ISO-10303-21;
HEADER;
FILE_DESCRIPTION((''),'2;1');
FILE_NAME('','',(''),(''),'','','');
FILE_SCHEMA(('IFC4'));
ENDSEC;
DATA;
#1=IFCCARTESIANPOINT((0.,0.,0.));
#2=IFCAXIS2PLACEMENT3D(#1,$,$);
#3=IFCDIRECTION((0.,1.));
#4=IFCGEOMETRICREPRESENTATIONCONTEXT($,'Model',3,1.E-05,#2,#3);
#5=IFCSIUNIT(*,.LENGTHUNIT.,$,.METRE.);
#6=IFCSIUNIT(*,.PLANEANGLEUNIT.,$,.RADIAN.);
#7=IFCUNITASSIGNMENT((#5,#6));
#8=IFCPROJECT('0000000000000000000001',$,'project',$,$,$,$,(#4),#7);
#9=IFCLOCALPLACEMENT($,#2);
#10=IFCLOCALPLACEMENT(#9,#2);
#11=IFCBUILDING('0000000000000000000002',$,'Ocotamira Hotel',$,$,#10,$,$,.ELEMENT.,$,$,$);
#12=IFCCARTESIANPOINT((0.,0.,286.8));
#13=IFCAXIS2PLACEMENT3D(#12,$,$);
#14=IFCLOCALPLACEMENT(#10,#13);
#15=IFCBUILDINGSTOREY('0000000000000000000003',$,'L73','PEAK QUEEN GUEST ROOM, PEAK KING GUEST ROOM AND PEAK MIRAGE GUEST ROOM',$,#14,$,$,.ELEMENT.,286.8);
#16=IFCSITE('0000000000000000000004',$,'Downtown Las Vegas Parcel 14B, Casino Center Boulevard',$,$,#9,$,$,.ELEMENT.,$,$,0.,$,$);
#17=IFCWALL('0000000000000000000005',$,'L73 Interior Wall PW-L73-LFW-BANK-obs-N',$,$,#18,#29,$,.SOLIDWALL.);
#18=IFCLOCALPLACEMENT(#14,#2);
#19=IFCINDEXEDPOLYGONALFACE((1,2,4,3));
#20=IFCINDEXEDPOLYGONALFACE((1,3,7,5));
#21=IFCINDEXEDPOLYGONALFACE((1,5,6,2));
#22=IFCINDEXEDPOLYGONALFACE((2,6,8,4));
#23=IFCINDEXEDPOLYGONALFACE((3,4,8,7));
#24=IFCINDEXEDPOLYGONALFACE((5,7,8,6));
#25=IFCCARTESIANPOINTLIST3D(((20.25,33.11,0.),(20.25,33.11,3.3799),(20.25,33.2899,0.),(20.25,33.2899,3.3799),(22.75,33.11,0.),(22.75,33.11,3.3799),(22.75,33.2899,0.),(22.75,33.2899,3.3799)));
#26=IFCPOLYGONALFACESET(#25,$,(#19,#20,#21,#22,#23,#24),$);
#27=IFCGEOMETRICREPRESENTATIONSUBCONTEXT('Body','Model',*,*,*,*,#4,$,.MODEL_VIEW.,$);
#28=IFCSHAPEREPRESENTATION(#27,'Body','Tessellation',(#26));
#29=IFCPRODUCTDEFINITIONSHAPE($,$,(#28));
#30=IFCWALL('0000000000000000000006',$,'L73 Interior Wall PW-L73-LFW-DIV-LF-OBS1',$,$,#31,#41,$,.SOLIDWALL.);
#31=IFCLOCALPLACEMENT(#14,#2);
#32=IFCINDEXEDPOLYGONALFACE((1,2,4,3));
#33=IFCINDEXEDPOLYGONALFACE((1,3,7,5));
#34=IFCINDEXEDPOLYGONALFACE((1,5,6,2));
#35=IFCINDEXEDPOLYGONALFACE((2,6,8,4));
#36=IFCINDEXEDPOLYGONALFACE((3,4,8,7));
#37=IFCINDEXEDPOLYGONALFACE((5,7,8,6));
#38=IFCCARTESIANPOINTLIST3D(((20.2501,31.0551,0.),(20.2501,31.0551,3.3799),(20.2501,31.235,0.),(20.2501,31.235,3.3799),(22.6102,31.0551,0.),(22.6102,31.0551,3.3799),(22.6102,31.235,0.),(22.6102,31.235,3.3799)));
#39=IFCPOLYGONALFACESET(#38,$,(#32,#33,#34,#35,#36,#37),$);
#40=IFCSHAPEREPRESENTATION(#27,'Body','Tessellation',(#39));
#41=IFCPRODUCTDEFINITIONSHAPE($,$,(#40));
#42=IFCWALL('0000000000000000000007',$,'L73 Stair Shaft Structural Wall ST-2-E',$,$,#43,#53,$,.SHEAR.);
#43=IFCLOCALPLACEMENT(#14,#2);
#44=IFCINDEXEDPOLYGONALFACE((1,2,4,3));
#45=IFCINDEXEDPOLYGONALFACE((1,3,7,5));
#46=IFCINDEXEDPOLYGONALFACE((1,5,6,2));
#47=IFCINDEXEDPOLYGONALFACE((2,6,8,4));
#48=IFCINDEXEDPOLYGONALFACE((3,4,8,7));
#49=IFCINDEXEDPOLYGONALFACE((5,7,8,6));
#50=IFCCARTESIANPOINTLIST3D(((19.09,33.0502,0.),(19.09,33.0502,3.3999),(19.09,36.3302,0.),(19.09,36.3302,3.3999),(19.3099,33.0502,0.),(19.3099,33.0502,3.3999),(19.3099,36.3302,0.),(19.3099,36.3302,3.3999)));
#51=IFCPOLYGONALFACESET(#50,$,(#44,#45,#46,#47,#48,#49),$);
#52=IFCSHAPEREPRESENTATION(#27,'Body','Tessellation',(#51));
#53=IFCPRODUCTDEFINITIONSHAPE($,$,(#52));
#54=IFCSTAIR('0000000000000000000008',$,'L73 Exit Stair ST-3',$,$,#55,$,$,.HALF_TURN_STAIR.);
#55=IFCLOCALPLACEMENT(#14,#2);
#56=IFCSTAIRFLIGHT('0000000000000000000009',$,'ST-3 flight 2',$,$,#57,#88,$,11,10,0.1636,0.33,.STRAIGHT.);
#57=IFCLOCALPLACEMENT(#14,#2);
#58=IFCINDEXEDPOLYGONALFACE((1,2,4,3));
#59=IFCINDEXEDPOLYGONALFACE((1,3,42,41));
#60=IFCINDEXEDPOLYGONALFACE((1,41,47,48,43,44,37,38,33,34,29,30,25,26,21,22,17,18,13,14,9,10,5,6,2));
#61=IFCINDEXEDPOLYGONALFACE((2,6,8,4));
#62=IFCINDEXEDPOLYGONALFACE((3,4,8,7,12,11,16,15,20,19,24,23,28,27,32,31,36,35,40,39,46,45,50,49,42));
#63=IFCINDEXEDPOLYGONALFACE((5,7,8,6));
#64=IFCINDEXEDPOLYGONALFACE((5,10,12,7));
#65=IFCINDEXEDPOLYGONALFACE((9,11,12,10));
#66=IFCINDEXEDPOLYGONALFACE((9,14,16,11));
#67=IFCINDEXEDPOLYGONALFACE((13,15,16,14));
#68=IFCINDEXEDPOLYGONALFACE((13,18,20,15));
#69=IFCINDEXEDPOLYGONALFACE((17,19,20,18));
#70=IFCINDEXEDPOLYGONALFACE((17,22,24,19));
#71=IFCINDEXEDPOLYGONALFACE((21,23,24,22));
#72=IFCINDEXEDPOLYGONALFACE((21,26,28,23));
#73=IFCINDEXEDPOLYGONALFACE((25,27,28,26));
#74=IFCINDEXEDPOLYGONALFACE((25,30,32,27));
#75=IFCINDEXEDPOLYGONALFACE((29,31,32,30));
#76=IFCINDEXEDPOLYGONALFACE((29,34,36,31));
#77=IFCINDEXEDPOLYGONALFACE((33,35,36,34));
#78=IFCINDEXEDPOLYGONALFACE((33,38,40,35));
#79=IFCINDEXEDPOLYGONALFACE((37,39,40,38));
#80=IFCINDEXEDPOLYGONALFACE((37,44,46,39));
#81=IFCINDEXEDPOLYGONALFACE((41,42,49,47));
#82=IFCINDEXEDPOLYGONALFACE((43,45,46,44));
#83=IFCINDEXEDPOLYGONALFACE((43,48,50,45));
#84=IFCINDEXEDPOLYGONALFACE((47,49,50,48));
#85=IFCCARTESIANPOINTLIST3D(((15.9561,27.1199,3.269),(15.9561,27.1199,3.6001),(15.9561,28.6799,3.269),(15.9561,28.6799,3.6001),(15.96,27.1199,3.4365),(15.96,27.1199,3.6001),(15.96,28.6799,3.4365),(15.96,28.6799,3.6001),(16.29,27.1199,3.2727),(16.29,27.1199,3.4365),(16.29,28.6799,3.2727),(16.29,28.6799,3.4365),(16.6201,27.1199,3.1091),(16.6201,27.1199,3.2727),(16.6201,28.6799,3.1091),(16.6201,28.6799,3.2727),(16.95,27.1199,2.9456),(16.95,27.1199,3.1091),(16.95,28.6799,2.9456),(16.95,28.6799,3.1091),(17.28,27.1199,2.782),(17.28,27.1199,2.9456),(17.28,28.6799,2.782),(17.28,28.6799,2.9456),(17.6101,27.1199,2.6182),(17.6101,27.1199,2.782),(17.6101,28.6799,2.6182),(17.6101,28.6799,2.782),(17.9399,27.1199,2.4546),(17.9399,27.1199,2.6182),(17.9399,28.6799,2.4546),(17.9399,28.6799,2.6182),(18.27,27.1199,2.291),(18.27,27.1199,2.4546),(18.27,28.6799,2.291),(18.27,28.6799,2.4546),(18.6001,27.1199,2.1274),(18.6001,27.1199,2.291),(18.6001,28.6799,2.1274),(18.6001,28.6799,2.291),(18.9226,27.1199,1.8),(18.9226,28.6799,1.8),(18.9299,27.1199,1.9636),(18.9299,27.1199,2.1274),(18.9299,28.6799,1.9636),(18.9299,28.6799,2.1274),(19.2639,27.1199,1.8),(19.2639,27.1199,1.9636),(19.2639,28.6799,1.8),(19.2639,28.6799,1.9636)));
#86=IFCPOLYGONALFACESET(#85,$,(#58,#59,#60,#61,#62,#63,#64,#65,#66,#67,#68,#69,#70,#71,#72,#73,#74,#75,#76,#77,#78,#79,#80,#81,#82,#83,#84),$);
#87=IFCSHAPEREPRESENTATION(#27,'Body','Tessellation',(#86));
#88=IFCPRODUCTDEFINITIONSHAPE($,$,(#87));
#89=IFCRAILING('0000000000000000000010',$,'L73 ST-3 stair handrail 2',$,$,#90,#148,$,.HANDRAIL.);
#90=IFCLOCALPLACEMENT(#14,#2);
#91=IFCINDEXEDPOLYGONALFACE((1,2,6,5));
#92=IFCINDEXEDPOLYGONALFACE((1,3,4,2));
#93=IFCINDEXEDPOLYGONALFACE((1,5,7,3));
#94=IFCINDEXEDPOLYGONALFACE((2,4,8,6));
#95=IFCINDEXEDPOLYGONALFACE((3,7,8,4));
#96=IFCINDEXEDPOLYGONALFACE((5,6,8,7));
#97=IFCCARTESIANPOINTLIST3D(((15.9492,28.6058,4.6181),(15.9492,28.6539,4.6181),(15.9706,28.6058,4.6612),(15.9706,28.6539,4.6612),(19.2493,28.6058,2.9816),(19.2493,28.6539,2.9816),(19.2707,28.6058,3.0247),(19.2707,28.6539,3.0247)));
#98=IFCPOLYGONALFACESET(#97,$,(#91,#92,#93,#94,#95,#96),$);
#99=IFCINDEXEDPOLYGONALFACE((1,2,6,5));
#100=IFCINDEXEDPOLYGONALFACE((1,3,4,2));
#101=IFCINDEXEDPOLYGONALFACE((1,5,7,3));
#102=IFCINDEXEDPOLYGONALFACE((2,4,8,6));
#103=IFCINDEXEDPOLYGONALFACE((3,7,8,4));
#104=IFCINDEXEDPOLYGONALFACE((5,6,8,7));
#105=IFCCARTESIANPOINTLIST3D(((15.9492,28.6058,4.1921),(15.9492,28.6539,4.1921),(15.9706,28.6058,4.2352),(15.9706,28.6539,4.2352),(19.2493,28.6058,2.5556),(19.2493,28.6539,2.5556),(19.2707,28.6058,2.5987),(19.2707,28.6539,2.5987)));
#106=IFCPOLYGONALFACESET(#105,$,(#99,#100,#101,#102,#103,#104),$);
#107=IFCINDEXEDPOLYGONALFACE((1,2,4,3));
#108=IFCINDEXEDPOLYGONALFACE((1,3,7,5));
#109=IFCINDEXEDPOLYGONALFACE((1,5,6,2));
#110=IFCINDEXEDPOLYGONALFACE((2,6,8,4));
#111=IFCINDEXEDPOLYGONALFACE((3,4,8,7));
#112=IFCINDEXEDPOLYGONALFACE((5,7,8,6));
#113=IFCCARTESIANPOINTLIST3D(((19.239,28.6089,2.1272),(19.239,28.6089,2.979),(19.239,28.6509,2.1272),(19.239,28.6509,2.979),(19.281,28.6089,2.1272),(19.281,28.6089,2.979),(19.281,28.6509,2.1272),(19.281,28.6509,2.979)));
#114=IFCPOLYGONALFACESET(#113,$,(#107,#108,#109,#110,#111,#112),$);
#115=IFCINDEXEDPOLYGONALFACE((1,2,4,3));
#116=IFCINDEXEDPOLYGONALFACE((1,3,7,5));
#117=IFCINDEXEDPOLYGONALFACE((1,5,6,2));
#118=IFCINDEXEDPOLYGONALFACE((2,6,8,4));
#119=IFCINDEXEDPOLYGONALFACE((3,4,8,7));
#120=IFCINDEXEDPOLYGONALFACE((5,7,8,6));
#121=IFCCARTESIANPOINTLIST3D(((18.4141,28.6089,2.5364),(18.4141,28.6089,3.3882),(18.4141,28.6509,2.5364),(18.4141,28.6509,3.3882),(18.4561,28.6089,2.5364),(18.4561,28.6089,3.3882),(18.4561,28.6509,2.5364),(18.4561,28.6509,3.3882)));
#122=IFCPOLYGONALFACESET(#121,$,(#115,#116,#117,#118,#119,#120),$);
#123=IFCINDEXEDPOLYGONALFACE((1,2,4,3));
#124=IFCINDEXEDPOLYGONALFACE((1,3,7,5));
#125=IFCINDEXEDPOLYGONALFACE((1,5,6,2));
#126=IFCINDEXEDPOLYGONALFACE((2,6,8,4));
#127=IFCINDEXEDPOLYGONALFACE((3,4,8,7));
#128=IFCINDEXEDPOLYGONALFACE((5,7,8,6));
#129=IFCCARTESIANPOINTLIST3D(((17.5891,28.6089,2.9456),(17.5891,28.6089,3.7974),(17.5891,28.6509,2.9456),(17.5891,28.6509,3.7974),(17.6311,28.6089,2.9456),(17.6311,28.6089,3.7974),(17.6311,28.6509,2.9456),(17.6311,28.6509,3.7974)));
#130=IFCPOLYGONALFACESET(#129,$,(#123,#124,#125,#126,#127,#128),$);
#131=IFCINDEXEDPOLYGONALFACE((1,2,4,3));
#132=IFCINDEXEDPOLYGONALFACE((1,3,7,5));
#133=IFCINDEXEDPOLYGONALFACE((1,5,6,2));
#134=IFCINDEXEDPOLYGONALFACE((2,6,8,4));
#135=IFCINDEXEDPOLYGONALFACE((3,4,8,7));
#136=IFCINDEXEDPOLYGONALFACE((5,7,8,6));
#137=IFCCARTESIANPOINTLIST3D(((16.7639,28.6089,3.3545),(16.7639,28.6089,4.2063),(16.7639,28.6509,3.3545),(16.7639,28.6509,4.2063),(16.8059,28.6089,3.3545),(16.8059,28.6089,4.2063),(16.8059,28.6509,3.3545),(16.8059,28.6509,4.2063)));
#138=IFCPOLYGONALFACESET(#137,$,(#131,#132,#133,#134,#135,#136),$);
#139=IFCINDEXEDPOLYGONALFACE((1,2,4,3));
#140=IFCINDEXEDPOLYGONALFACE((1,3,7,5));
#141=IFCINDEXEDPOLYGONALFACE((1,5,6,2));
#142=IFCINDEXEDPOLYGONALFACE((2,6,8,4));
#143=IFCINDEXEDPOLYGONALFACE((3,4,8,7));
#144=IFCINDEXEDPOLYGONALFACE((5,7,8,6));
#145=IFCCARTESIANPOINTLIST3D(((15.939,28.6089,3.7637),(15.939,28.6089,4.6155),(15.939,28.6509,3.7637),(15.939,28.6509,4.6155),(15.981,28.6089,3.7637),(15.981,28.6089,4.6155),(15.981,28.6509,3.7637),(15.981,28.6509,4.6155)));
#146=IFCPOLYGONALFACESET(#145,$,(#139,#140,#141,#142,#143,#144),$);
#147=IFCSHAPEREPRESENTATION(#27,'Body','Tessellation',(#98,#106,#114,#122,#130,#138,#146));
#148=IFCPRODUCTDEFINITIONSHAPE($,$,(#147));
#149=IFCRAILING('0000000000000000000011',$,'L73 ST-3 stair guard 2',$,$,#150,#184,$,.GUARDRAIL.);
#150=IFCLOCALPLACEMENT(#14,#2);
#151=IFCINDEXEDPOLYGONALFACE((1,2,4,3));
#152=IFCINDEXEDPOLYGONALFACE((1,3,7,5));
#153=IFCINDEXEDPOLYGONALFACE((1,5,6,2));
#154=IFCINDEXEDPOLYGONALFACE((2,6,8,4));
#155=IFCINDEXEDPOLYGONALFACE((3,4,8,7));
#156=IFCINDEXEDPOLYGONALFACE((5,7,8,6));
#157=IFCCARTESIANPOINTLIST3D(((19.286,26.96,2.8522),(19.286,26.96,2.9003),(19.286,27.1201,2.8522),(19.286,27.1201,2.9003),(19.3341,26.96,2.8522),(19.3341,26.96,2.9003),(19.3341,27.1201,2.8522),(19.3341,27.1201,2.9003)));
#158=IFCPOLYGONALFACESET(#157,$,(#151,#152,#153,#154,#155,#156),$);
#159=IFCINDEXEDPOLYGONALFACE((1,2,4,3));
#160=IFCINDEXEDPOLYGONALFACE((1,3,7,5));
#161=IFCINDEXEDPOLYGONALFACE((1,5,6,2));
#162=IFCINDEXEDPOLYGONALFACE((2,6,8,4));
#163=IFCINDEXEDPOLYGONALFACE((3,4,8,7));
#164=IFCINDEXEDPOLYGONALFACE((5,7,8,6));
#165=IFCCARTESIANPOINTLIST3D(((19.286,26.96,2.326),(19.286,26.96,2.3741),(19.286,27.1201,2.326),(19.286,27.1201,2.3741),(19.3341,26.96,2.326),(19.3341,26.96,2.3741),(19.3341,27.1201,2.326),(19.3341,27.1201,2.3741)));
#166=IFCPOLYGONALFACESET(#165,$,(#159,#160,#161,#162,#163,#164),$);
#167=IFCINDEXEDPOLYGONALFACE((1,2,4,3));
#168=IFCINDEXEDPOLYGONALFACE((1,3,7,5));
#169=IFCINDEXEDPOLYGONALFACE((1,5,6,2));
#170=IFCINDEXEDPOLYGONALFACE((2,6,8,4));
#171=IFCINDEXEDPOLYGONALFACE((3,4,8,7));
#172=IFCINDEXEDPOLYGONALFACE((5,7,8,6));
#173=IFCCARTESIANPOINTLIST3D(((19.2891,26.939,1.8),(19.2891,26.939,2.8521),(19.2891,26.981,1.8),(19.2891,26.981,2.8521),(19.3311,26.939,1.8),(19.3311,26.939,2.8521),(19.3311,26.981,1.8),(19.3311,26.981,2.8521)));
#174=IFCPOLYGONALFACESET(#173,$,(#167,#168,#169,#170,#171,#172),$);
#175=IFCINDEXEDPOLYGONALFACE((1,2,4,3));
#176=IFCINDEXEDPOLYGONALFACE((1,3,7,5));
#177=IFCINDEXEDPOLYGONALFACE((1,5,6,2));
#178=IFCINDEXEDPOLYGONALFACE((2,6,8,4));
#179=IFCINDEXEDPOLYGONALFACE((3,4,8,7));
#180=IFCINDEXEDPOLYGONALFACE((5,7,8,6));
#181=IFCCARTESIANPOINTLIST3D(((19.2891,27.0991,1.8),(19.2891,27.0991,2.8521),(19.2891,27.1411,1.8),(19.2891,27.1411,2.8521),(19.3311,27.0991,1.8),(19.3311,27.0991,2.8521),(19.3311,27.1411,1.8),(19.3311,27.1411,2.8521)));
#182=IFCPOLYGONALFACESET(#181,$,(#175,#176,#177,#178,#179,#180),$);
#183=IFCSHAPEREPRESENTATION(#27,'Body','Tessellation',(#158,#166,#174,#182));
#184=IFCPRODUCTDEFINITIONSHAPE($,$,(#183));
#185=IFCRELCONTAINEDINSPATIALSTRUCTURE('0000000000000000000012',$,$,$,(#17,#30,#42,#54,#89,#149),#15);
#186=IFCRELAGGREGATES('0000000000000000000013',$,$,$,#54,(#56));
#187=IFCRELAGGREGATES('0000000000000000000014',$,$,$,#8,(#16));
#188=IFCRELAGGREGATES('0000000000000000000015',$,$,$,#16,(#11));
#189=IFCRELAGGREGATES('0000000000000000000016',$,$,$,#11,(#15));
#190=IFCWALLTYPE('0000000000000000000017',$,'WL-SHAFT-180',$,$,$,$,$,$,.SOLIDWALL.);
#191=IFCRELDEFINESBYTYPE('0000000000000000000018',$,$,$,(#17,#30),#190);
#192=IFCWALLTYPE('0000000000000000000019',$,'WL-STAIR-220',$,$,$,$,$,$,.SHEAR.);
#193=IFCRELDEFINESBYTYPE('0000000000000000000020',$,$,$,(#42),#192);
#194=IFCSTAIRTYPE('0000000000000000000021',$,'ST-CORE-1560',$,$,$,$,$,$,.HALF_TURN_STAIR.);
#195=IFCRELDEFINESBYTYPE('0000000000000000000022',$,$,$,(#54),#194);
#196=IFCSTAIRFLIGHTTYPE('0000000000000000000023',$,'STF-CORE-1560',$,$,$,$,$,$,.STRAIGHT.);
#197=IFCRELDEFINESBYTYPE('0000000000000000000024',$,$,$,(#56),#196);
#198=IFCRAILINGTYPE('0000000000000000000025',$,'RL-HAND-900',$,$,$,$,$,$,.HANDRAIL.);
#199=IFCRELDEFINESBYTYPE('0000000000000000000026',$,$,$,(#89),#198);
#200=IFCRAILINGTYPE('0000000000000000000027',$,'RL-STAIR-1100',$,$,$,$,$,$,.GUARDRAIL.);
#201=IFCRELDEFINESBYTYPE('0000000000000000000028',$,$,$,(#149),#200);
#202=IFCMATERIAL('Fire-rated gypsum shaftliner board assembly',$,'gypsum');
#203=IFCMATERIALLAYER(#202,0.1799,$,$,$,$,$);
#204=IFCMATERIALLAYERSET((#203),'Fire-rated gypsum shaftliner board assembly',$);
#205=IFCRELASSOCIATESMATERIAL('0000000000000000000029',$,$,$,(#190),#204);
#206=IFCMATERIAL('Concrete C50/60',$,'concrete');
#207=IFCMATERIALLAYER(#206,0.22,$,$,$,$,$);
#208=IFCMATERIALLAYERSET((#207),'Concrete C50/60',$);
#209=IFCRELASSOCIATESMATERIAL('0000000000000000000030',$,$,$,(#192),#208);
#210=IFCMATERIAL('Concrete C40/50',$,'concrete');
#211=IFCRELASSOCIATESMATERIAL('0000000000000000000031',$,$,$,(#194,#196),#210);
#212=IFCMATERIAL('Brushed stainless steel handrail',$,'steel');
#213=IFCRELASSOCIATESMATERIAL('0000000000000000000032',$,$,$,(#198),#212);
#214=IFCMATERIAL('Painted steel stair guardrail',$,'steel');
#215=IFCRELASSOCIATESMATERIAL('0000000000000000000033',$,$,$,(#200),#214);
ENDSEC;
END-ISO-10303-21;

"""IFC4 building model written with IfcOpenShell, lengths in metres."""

from ifc_helpers import new_model, si_unit, direction, frame, frame_2d, origin, origin_2d, place, context, subcontext, project, spatial, polyline, rectangle, outline, extrude, source, transform, mapped, material, layer, layer_set, type_object, element, aggregate, save


model = new_model("IFC4")

# Units and contexts
model_context = context("Model", 3, precision=1e-05, world=origin(), true_north=direction((0.0, 1.0)))
body_context = subcontext(model_context, "Body", "Model", "MODEL_VIEW")
ifc_project = project(units=[si_unit("LENGTHUNIT", "METRE"), si_unit("PLANEANGLEUNIT", "RADIAN")], contexts=[model_context])

# Site, building, storey
site_placement = place(None, origin())
site = spatial("IfcSite", under=ifc_project, at=site_placement, Name="Downtown Las Vegas Parcel 14B, Casino Center Boulevard", CompositionType="ELEMENT", RefElevation=0.0)
building_placement = place(site_placement, origin())
building = spatial("IfcBuilding", under=site, at=building_placement, Name="Ocotamira Hotel", CompositionType="ELEMENT")
storey_placement = place(building_placement, frame((0.0, 0.0, 286.8)))
storey = spatial("IfcBuildingStorey", under=building, at=storey_placement, Name="L73", Description="PEAK QUEEN GUEST ROOM, PEAK KING GUEST ROOM AND PEAK MIRAGE GUEST ROOM", CompositionType="ELEMENT", Elevation=286.8)

# Walls
ifc_material_1 = material(Name="Fire-rated gypsum shaftliner board assembly", Category="gypsum")
ifc_layer_1 = layer(ifc_material_1, 0.1799)
ifc_layer_set_1 = layer_set([ifc_layer_1], Name="Fire-rated gypsum shaftliner board assembly")
wall_type_1 = type_object("IfcWallType", Name="WL-SHAFT-180", PredefinedType="SOLIDWALL", material=ifc_layer_set_1)
wall_1_placement = place(storey_placement, frame((20.25, 33.2, 0.0), z_axis=(0.0, 0.0, 1.0), x_axis=(1.0, 0.0, 0.0)))
element("IfcWall", 1, at=wall_1_placement, inside=storey, type_object=wall_type_1, Name="L73 Interior Wall PW-L73-LFW-BANK-obs-N", PredefinedType="SOLIDWALL", context=body_context, shape_type="SweptSolid", body=[
    extrude(rectangle(XDim=2.5, YDim=0.1799, at=frame_2d((1.25, 0.0))), origin(), (0.0, 0.0, 1.0), 3.3799),
])
wall_2_placement = place(storey_placement, frame((20.25, 31.145, 0.0), z_axis=(0.0, 0.0, 1.0), x_axis=(1.0, 0.0, 0.0)))
element("IfcWall", 2, at=wall_2_placement, inside=storey, type_object=wall_type_1, Name="L73 Interior Wall PW-L73-LFW-DIV-LF-OBS1", PredefinedType="SOLIDWALL", context=body_context, shape_type="SweptSolid", body=[
    extrude(rectangle(XDim=2.3601, YDim=0.1799, at=frame_2d((1.1802, 0.0))), origin(), (0.0, 0.0, 1.0), 3.3799),
])
ifc_material_2 = material(Name="Concrete C50/60", Category="concrete")
ifc_layer_2 = layer(ifc_material_2, 0.22)
ifc_layer_set_2 = layer_set([ifc_layer_2], Name="Concrete C50/60")
wall_type_2 = type_object("IfcWallType", Name="WL-STAIR-220", PredefinedType="SHEAR", material=ifc_layer_set_2)
wall_3_placement = place(storey_placement, frame((19.2, 33.05, 0.0), z_axis=(0.0, 0.0, 1.0), x_axis=(0.0, 1.0, 0.0)))
element("IfcWall", 3, at=wall_3_placement, inside=storey, type_object=wall_type_2, Name="L73 Stair Shaft Structural Wall ST-2-E", PredefinedType="SHEAR", context=body_context, shape_type="SweptSolid", body=[
    extrude(rectangle(XDim=3.28, YDim=0.22, at=frame_2d((1.6401, 0.0))), origin(), (0.0, 0.0, 1.0), 3.3999),
])

# Stair, stair flight
ifc_material_3 = material(Name="Concrete C40/50", Category="concrete")
stair_type = type_object("IfcStairType", Name="ST-CORE-1560", PredefinedType="HALF_TURN_STAIR", material=ifc_material_3)
stair_placement = place(storey_placement, origin())
stair = element("IfcStair", 4, at=stair_placement, inside=storey, type_object=stair_type, Name="L73 Exit Stair ST-3", PredefinedType="HALF_TURN_STAIR")
stair_flight_type = type_object("IfcStairFlightType", Name="STF-CORE-1560", PredefinedType="STRAIGHT", material=ifc_material_3)
shared_shape_1 = source(origin(), body_context, "Body", "SweptSolid", [
    extrude(outline(polyline([(-0.0039, 0.0), (-0.0039, 0.1636), (0.3301, 0.1636), (0.3301, 0.3274), (0.6599, 0.3274), (0.6599, 0.491), (0.99, 0.491), (0.99, 0.6545), (1.3201, 0.6545), (1.3201, 0.8181), (1.6499, 0.8181), (1.6499, 0.9819), (1.98, 0.9819), (1.98, 1.1455), (2.3101, 1.1455), (2.3101, 1.3091), (2.6399, 1.3091), (2.6399, 1.4727), (2.97, 1.4727), (2.97, 1.6365), (3.3, 1.6365), (3.3, 1.8), (3.304, 1.8), (3.304, 1.469), (0.3374, 0.0), (-0.0039, 0.0)])), frame((0.0, 0.78, 0.0), z_axis=(0.0, -1.0, 0.0), x_axis=(1.0, 0.0, 0.0)), (0.0, 0.0, 1.0), 1.5601),
])
stair_flight_placement = place(storey_placement, frame((19.26, 27.8999, 1.8), z_axis=(0.0, 0.0, 1.0), x_axis=(-1.0, 0.0, 0.0)))
stair_flight = element("IfcStairFlight", 5, at=stair_flight_placement, type_object=stair_flight_type, Name="ST-3 flight 2", NumberOfRisers=11, NumberOfTreads=10, PredefinedType="STRAIGHT", RiserHeight=0.1636, TreadLength=0.33, context=body_context, shape_type="MappedRepresentation", body=[
    mapped(shared_shape_1, transform((0.0, 0.0, 0.0), scale=1.0)),
])
aggregate(stair, [stair_flight])

# Railings
ifc_material_4 = material(Name="Brushed stainless steel handrail", Category="steel")
railing_type_1 = type_object("IfcRailingType", Name="RL-HAND-900", PredefinedType="HANDRAIL", material=ifc_material_4)
railing_1_placement = place(storey_placement, frame((19.26, 28.6299, 2.1272)))
element("IfcRailing", 6, at=railing_1_placement, inside=storey, type_object=railing_type_1, Name="L73 ST-3 stair handrail 2", PredefinedType="HANDRAIL", context=body_context, shape_type="SweptSolid", body=[
    extrude(rectangle(XDim=0.0481, YDim=0.0481, at=origin_2d()), frame((0.0, 0.0, 0.876), z_axis=(-0.895894, 0.0, 0.444268), x_axis=(0.0, -1.0, 0.0)), (0.0, 0.0, 1.0), 3.6836),
    extrude(rectangle(XDim=0.0481, YDim=0.0481, at=origin_2d()), frame((0.0, 0.0, 0.45), z_axis=(-0.895894, 0.0, 0.444268), x_axis=(0.0, -1.0, 0.0)), (0.0, 0.0, 1.0), 3.6836),
    extrude(rectangle(XDim=0.042, YDim=0.042, at=origin_2d()), origin(), (0.0, 0.0, 1.0), 0.8518),
    extrude(rectangle(XDim=0.042, YDim=0.042, at=origin_2d()), frame((-0.825, 0.0, 0.4092)), (0.0, 0.0, 1.0), 0.8518),
    extrude(rectangle(XDim=0.042, YDim=0.042, at=origin_2d()), frame((-1.6499, 0.0, 0.8184)), (0.0, 0.0, 1.0), 0.8518),
    extrude(rectangle(XDim=0.042, YDim=0.042, at=origin_2d()), frame((-2.4751, 0.0, 1.2273)), (0.0, 0.0, 1.0), 0.8518),
    extrude(rectangle(XDim=0.042, YDim=0.042, at=origin_2d()), frame((-3.3, 0.0, 1.6365)), (0.0, 0.0, 1.0), 0.8518),
])
ifc_material_5 = material(Name="Painted steel stair guardrail", Category="steel")
railing_type_2 = type_object("IfcRailingType", Name="RL-STAIR-1100", PredefinedType="GUARDRAIL", material=ifc_material_5)
railing_2_placement = place(storey_placement, frame((19.3101, 26.96, 1.8)))
element("IfcRailing", 7, at=railing_2_placement, inside=storey, type_object=railing_type_2, Name="L73 ST-3 stair guard 2", PredefinedType="GUARDRAIL", context=body_context, shape_type="SweptSolid", body=[
    extrude(rectangle(XDim=0.0481, YDim=0.0481, at=origin_2d()), frame((0.0, 0.0, 1.0762), z_axis=(0.0, 1.0, 0.0), x_axis=(-1.0, 0.0, 0.0)), (0.0, 0.0, 1.0), 0.1602),
    extrude(rectangle(XDim=0.0481, YDim=0.0481, at=origin_2d()), frame((0.0, 0.0, 0.55), z_axis=(0.0, 1.0, 0.0), x_axis=(-1.0, 0.0, 0.0)), (0.0, 0.0, 1.0), 0.1602),
    extrude(rectangle(XDim=0.042, YDim=0.042, at=origin_2d()), origin(), (0.0, 0.0, 1.0), 1.052),
    extrude(rectangle(XDim=0.042, YDim=0.042, at=origin_2d()), frame((0.0, 0.1602, 0.0)), (0.0, 0.0, 1.0), 1.052),
])

save(model, "model.ifc")
